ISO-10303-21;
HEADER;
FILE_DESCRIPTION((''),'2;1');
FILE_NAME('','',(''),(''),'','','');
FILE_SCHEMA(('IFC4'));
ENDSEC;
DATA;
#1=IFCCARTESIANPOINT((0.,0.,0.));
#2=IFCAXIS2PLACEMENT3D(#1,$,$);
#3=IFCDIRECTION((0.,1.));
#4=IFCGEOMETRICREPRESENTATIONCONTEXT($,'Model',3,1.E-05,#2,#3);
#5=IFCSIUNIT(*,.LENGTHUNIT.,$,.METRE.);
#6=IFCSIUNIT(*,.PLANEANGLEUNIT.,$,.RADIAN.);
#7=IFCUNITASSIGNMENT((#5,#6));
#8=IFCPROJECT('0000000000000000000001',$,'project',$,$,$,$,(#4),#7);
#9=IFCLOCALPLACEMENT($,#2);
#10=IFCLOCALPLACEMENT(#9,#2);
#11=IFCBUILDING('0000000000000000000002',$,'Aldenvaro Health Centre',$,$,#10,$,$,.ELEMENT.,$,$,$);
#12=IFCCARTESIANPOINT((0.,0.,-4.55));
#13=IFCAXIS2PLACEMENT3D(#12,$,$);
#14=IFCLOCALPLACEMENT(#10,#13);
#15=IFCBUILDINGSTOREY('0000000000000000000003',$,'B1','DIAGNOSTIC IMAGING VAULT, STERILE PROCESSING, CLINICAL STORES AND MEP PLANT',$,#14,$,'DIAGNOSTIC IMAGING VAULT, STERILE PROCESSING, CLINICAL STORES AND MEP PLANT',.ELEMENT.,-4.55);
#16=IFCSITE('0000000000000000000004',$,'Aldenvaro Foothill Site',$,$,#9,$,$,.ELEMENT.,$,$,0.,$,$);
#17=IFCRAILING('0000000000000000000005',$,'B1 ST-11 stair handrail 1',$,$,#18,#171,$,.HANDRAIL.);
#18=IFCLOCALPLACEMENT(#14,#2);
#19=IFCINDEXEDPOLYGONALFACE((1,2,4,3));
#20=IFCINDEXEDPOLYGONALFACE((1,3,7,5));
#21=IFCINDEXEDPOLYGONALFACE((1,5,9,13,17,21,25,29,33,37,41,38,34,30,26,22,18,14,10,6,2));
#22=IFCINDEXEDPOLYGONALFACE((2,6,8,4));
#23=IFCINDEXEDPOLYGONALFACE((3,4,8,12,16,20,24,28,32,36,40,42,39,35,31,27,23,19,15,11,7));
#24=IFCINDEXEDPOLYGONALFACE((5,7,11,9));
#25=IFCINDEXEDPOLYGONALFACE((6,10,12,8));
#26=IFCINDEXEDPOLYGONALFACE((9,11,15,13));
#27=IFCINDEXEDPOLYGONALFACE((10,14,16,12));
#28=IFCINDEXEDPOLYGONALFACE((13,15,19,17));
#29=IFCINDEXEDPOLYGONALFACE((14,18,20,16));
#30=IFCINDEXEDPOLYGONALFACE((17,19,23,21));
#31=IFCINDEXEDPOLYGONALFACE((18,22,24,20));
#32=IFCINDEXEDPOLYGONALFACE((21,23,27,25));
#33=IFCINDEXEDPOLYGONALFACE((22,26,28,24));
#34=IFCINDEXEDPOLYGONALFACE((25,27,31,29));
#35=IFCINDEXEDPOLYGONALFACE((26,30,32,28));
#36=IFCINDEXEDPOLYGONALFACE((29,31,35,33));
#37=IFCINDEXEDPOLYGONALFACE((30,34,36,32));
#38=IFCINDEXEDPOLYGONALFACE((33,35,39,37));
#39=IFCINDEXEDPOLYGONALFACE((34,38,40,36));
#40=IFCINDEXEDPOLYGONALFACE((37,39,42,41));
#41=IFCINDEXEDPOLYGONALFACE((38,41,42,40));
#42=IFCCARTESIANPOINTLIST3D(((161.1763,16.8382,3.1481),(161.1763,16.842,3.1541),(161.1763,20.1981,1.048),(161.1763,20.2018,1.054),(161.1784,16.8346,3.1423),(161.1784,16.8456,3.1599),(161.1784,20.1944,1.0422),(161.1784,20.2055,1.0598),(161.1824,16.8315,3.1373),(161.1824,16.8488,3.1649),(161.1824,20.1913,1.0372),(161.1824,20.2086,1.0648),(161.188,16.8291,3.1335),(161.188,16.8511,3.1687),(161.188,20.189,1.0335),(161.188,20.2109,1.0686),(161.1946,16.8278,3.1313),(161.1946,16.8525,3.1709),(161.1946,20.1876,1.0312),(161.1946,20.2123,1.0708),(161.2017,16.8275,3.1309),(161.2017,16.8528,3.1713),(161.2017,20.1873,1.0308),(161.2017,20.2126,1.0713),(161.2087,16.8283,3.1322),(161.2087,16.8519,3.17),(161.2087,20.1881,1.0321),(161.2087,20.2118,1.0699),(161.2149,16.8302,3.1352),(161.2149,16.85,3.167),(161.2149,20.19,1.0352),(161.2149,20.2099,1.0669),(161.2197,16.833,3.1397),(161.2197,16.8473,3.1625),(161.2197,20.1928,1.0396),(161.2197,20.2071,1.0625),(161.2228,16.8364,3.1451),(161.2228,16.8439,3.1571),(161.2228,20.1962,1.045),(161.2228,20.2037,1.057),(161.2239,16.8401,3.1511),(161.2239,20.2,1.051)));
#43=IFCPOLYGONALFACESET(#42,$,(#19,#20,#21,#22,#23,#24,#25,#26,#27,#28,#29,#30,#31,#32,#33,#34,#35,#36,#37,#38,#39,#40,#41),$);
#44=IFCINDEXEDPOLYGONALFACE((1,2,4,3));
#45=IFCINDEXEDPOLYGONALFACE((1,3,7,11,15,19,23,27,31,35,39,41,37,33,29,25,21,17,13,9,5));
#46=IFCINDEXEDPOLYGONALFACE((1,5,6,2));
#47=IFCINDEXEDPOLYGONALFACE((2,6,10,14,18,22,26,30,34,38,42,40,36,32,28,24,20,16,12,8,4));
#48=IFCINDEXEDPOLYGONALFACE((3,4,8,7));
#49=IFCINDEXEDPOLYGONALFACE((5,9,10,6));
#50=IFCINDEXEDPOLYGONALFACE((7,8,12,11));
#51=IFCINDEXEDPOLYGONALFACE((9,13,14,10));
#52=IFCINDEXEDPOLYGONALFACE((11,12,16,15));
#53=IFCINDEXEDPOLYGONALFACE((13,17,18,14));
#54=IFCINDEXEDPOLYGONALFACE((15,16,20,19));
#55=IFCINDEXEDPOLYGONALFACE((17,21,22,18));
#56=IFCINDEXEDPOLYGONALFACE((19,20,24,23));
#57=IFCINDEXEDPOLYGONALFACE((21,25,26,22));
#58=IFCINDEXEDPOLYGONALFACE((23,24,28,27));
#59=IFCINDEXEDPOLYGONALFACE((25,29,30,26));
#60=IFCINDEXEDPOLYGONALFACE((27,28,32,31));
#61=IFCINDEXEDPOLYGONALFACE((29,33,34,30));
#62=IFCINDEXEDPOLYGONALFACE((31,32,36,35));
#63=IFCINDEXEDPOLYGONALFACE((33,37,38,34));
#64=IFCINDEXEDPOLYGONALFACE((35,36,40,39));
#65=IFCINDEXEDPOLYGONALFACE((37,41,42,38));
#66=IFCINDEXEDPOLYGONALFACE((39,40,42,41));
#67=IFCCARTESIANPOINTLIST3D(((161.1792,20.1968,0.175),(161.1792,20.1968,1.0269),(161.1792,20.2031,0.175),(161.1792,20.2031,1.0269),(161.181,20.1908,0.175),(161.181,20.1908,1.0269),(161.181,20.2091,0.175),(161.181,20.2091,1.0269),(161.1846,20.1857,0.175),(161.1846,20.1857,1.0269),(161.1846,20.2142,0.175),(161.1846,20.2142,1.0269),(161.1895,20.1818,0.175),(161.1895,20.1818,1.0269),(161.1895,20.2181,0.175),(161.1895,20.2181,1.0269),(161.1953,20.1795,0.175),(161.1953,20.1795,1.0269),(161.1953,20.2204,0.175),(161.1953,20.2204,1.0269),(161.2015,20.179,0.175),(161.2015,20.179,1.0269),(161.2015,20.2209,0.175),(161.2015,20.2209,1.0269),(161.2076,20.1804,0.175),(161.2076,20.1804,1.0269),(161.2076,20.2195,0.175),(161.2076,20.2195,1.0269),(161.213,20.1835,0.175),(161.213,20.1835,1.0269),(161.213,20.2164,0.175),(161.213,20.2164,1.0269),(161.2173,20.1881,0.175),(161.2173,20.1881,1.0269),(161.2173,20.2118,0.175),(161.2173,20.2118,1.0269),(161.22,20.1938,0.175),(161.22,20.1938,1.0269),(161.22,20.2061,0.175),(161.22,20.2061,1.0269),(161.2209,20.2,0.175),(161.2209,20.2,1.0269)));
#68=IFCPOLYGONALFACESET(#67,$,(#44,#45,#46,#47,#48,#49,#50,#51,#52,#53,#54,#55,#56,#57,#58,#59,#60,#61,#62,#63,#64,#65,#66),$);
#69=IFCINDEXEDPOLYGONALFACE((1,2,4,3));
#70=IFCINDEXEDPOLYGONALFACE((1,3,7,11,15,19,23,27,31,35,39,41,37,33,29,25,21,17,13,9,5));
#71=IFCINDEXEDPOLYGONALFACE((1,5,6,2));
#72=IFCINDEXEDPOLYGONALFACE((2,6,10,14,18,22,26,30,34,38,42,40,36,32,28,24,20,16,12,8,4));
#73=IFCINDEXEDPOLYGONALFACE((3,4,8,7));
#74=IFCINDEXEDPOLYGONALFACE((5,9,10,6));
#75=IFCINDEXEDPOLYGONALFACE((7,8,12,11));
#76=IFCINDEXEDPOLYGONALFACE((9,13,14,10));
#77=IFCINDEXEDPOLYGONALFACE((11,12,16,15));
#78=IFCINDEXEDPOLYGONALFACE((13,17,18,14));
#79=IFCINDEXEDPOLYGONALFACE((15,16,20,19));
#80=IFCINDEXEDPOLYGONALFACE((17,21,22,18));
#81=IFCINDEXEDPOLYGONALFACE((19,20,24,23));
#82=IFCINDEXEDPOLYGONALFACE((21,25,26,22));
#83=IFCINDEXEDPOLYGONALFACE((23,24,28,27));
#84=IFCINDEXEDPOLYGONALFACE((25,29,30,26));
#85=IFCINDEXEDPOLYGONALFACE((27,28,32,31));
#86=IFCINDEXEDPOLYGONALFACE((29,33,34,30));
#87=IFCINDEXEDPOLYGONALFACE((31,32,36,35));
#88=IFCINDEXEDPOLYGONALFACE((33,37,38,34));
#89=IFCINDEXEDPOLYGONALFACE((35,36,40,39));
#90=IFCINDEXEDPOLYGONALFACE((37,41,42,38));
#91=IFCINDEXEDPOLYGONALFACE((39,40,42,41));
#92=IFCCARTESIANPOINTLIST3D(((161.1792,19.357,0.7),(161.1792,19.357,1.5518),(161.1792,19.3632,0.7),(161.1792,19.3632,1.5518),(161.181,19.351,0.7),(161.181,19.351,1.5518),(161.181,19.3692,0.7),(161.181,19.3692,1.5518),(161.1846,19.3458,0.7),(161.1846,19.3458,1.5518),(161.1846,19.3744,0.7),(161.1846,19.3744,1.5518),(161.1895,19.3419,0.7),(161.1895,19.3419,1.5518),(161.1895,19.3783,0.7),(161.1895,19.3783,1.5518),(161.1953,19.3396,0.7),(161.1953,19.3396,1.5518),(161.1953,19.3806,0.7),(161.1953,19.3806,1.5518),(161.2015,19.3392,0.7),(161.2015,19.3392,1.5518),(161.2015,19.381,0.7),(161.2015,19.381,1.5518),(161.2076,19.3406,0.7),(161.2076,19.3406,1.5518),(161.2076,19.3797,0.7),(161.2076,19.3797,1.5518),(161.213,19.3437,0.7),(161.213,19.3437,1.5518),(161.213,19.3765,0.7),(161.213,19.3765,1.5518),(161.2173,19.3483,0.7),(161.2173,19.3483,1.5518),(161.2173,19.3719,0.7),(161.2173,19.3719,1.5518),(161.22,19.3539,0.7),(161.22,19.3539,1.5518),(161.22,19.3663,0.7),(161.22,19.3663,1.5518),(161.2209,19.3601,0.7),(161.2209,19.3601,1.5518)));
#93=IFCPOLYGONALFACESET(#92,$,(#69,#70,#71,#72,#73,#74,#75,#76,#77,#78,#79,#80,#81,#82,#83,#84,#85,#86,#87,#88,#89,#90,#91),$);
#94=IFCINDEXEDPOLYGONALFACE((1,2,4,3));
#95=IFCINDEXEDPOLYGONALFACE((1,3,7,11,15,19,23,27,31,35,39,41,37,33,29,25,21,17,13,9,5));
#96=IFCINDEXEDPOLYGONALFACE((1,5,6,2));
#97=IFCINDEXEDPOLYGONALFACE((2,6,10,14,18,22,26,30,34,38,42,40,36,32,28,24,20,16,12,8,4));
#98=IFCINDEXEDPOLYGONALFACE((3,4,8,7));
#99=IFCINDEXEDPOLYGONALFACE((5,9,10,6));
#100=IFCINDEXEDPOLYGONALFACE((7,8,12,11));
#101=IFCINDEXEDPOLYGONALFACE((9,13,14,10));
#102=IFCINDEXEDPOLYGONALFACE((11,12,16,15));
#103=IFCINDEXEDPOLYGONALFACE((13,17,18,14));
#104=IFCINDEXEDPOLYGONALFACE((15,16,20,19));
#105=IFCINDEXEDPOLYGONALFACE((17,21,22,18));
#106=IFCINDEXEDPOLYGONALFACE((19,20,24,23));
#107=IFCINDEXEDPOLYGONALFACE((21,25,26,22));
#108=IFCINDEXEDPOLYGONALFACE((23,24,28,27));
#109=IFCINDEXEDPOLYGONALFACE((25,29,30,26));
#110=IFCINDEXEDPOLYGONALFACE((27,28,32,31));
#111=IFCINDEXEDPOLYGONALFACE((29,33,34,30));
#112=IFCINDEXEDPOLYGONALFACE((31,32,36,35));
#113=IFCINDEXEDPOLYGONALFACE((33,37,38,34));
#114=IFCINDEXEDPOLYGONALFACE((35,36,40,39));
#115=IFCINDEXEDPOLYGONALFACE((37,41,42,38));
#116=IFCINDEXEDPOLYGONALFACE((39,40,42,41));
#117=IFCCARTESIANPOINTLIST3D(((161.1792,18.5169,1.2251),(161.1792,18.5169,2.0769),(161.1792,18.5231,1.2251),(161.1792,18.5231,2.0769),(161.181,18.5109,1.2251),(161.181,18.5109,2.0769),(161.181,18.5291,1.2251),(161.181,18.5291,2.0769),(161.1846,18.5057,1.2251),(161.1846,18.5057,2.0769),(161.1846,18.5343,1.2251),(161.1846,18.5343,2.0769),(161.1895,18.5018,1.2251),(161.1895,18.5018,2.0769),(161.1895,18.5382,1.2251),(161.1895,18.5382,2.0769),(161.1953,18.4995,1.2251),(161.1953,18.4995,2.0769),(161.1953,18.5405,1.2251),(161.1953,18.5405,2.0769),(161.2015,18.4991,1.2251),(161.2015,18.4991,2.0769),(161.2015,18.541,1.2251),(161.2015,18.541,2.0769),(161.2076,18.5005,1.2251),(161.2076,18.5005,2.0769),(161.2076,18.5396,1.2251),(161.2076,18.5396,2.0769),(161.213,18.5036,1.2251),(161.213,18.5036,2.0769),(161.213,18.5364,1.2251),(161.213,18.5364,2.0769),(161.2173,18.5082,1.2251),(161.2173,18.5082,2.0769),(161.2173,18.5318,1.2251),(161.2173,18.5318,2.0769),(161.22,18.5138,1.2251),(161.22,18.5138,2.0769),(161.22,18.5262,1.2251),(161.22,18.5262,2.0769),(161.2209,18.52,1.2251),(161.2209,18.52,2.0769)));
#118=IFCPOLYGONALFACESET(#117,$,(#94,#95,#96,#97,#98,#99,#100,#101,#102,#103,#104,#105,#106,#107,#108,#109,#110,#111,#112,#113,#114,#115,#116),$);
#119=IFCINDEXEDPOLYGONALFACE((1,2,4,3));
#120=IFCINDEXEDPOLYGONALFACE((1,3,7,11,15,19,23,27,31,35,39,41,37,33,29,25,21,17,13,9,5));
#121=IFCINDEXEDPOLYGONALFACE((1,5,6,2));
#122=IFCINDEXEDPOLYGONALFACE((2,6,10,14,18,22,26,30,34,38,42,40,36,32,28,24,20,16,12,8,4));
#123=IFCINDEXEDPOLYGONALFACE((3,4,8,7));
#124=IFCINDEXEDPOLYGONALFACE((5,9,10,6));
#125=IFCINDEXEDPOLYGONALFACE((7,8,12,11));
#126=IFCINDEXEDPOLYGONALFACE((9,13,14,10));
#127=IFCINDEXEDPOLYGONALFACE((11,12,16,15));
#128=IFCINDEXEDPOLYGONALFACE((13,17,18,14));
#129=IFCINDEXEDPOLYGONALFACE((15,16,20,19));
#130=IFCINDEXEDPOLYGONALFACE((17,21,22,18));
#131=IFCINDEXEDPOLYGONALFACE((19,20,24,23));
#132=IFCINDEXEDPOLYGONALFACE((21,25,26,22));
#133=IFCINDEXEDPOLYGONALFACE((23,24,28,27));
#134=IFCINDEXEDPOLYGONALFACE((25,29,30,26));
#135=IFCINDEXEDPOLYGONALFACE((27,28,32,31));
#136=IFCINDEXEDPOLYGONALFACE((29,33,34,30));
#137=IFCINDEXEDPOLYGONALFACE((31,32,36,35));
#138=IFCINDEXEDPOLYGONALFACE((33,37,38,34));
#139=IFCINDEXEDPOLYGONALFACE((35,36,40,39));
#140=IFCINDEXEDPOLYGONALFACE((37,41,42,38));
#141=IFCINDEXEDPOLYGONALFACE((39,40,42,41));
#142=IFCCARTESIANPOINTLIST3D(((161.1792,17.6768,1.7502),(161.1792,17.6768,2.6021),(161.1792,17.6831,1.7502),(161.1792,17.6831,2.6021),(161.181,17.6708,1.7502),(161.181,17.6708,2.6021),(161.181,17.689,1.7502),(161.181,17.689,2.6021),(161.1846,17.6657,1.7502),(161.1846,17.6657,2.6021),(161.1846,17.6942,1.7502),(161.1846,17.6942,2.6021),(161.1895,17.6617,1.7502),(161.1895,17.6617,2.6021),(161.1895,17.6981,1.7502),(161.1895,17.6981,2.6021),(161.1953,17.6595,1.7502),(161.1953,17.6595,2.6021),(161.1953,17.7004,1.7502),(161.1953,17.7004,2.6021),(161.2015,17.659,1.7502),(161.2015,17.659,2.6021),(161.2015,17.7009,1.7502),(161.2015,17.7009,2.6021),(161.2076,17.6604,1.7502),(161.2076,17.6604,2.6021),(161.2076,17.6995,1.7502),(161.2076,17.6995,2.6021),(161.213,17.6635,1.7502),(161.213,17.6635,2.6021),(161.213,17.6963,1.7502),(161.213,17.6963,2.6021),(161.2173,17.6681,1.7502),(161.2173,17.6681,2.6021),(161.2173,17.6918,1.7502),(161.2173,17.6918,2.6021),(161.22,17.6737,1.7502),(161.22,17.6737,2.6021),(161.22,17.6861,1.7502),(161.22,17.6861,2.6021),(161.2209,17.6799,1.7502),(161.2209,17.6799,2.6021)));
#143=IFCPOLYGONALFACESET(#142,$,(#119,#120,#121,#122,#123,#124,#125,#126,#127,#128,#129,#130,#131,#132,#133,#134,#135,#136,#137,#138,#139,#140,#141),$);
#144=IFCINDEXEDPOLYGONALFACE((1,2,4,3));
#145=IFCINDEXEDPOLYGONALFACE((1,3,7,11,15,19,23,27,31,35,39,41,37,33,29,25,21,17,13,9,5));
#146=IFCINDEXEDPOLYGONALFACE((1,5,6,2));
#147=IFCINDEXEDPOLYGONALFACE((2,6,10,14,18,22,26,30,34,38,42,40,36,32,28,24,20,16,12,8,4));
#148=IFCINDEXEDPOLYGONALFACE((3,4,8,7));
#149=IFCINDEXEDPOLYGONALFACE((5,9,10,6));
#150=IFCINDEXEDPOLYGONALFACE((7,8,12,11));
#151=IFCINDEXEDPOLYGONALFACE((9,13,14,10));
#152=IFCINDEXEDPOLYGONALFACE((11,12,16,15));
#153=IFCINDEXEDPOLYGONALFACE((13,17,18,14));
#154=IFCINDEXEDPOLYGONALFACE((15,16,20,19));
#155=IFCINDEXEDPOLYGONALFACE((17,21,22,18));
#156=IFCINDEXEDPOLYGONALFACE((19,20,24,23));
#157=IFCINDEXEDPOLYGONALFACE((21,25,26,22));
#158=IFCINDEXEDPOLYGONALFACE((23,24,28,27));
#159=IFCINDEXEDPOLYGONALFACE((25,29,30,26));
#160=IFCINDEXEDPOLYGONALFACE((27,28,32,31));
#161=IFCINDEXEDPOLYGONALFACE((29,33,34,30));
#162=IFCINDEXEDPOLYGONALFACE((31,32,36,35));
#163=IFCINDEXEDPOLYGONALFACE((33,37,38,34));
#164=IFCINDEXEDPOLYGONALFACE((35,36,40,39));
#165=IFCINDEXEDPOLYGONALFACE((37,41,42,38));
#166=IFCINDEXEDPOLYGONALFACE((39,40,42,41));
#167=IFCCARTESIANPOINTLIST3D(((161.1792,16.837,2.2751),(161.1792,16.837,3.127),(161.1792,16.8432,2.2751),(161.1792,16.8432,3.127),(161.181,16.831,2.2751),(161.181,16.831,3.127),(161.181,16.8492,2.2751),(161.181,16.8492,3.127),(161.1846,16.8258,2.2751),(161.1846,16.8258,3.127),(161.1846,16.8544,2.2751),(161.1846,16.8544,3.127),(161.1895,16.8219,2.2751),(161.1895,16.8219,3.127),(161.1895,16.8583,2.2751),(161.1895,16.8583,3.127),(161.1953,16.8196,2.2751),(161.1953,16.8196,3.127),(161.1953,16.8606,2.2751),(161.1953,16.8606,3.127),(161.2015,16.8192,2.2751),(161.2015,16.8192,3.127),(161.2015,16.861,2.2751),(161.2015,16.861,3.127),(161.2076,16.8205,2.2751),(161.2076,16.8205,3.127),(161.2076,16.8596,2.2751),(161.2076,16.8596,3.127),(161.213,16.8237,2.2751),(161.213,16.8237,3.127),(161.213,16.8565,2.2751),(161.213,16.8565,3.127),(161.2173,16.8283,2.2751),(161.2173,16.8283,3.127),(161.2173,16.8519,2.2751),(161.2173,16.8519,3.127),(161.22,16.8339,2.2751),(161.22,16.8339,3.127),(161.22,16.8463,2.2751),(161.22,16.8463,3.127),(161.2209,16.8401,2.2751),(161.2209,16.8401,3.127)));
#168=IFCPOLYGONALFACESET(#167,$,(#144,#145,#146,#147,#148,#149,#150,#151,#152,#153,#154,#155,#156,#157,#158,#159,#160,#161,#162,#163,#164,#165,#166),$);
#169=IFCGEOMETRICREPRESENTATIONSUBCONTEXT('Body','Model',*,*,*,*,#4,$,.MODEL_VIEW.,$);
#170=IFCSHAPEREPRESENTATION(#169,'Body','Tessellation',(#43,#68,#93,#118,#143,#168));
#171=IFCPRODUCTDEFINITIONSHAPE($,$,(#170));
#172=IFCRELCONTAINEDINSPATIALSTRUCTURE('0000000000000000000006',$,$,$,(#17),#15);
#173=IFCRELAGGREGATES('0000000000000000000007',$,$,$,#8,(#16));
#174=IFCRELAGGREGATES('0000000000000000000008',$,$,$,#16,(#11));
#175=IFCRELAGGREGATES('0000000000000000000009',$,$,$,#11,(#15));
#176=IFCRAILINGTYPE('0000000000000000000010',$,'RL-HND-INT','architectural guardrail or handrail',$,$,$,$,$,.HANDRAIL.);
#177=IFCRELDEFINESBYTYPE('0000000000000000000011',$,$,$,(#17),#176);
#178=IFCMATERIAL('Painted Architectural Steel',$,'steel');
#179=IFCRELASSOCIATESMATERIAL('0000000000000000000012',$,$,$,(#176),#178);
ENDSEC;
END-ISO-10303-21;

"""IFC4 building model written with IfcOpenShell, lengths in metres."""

from ifc_helpers import new_model, si_unit, direction, frame, origin, origin_2d, place, context, subcontext, project, spatial, circle, extrude, material, type_object, element, save


model = new_model("IFC4")

# Units and contexts
model_context = context("Model", 3, precision=1e-05, world=origin(), true_north=direction((0.0, 1.0)))
body_context = subcontext(model_context, "Body", "Model", "MODEL_VIEW")
ifc_project = project(units=[si_unit("LENGTHUNIT", "METRE"), si_unit("PLANEANGLEUNIT", "RADIAN")], contexts=[model_context])

# Site, building, storey
site_placement = place(None, origin())
site = spatial("IfcSite", under=ifc_project, at=site_placement, Name="Aldenvaro Foothill Site", CompositionType="ELEMENT", RefElevation=0.0)
building_placement = place(site_placement, origin())
building = spatial("IfcBuilding", under=site, at=building_placement, Name="Aldenvaro Health Centre", CompositionType="ELEMENT")
storey_placement = place(building_placement, frame((0.0, 0.0, -4.55)))
storey = spatial("IfcBuildingStorey", under=building, at=storey_placement, Name="B1", Description="DIAGNOSTIC IMAGING VAULT, STERILE PROCESSING, CLINICAL STORES AND MEP PLANT", LongName="DIAGNOSTIC IMAGING VAULT, STERILE PROCESSING, CLINICAL STORES AND MEP PLANT", CompositionType="ELEMENT", Elevation=-4.55)

# Railing
ifc_material_1 = material(Name="Painted Architectural Steel", Category="steel")
railing_type_1 = type_object("IfcRailingType", Name="RL-HND-INT", Description="architectural guardrail or handrail", PredefinedType="HANDRAIL", material=ifc_material_1)
railing_1_placement = place(storey_placement, frame((161.2, 20.2, 0.175)))
element("IfcRailing", 1, at=railing_1_placement, inside=storey, type_object=railing_type_1, Name="B1 ST-11 stair handrail 1", PredefinedType="HANDRAIL", context=body_context, shape_type="SweptSolid", body=[
    extrude(circle(Radius=0.0239, at=origin_2d()), frame((0.0, 0.0, 0.876), z_axis=(0.0, -0.847978, 0.530032), x_axis=(1.0, 0.0, 0.0)), (0.0, 0.0, 1.0), 3.9622),
    extrude(circle(Radius=0.021, at=origin_2d()), origin(), (0.0, 0.0, 1.0), 0.8518),
    extrude(circle(Radius=0.021, at=origin_2d()), frame((0.0, -0.8398, 0.5249)), (0.0, 0.0, 1.0), 0.8518),
    extrude(circle(Radius=0.021, at=origin_2d()), frame((0.0, -1.6799, 1.05)), (0.0, 0.0, 1.0), 0.8518),
    extrude(circle(Radius=0.021, at=origin_2d()), frame((0.0, -2.52, 1.5752)), (0.0, 0.0, 1.0), 0.8518),
    extrude(circle(Radius=0.021, at=origin_2d()), frame((0.0, -3.3599, 2.1001)), (0.0, 0.0, 1.0), 0.8518),
])

save(model, "model.ifc")
